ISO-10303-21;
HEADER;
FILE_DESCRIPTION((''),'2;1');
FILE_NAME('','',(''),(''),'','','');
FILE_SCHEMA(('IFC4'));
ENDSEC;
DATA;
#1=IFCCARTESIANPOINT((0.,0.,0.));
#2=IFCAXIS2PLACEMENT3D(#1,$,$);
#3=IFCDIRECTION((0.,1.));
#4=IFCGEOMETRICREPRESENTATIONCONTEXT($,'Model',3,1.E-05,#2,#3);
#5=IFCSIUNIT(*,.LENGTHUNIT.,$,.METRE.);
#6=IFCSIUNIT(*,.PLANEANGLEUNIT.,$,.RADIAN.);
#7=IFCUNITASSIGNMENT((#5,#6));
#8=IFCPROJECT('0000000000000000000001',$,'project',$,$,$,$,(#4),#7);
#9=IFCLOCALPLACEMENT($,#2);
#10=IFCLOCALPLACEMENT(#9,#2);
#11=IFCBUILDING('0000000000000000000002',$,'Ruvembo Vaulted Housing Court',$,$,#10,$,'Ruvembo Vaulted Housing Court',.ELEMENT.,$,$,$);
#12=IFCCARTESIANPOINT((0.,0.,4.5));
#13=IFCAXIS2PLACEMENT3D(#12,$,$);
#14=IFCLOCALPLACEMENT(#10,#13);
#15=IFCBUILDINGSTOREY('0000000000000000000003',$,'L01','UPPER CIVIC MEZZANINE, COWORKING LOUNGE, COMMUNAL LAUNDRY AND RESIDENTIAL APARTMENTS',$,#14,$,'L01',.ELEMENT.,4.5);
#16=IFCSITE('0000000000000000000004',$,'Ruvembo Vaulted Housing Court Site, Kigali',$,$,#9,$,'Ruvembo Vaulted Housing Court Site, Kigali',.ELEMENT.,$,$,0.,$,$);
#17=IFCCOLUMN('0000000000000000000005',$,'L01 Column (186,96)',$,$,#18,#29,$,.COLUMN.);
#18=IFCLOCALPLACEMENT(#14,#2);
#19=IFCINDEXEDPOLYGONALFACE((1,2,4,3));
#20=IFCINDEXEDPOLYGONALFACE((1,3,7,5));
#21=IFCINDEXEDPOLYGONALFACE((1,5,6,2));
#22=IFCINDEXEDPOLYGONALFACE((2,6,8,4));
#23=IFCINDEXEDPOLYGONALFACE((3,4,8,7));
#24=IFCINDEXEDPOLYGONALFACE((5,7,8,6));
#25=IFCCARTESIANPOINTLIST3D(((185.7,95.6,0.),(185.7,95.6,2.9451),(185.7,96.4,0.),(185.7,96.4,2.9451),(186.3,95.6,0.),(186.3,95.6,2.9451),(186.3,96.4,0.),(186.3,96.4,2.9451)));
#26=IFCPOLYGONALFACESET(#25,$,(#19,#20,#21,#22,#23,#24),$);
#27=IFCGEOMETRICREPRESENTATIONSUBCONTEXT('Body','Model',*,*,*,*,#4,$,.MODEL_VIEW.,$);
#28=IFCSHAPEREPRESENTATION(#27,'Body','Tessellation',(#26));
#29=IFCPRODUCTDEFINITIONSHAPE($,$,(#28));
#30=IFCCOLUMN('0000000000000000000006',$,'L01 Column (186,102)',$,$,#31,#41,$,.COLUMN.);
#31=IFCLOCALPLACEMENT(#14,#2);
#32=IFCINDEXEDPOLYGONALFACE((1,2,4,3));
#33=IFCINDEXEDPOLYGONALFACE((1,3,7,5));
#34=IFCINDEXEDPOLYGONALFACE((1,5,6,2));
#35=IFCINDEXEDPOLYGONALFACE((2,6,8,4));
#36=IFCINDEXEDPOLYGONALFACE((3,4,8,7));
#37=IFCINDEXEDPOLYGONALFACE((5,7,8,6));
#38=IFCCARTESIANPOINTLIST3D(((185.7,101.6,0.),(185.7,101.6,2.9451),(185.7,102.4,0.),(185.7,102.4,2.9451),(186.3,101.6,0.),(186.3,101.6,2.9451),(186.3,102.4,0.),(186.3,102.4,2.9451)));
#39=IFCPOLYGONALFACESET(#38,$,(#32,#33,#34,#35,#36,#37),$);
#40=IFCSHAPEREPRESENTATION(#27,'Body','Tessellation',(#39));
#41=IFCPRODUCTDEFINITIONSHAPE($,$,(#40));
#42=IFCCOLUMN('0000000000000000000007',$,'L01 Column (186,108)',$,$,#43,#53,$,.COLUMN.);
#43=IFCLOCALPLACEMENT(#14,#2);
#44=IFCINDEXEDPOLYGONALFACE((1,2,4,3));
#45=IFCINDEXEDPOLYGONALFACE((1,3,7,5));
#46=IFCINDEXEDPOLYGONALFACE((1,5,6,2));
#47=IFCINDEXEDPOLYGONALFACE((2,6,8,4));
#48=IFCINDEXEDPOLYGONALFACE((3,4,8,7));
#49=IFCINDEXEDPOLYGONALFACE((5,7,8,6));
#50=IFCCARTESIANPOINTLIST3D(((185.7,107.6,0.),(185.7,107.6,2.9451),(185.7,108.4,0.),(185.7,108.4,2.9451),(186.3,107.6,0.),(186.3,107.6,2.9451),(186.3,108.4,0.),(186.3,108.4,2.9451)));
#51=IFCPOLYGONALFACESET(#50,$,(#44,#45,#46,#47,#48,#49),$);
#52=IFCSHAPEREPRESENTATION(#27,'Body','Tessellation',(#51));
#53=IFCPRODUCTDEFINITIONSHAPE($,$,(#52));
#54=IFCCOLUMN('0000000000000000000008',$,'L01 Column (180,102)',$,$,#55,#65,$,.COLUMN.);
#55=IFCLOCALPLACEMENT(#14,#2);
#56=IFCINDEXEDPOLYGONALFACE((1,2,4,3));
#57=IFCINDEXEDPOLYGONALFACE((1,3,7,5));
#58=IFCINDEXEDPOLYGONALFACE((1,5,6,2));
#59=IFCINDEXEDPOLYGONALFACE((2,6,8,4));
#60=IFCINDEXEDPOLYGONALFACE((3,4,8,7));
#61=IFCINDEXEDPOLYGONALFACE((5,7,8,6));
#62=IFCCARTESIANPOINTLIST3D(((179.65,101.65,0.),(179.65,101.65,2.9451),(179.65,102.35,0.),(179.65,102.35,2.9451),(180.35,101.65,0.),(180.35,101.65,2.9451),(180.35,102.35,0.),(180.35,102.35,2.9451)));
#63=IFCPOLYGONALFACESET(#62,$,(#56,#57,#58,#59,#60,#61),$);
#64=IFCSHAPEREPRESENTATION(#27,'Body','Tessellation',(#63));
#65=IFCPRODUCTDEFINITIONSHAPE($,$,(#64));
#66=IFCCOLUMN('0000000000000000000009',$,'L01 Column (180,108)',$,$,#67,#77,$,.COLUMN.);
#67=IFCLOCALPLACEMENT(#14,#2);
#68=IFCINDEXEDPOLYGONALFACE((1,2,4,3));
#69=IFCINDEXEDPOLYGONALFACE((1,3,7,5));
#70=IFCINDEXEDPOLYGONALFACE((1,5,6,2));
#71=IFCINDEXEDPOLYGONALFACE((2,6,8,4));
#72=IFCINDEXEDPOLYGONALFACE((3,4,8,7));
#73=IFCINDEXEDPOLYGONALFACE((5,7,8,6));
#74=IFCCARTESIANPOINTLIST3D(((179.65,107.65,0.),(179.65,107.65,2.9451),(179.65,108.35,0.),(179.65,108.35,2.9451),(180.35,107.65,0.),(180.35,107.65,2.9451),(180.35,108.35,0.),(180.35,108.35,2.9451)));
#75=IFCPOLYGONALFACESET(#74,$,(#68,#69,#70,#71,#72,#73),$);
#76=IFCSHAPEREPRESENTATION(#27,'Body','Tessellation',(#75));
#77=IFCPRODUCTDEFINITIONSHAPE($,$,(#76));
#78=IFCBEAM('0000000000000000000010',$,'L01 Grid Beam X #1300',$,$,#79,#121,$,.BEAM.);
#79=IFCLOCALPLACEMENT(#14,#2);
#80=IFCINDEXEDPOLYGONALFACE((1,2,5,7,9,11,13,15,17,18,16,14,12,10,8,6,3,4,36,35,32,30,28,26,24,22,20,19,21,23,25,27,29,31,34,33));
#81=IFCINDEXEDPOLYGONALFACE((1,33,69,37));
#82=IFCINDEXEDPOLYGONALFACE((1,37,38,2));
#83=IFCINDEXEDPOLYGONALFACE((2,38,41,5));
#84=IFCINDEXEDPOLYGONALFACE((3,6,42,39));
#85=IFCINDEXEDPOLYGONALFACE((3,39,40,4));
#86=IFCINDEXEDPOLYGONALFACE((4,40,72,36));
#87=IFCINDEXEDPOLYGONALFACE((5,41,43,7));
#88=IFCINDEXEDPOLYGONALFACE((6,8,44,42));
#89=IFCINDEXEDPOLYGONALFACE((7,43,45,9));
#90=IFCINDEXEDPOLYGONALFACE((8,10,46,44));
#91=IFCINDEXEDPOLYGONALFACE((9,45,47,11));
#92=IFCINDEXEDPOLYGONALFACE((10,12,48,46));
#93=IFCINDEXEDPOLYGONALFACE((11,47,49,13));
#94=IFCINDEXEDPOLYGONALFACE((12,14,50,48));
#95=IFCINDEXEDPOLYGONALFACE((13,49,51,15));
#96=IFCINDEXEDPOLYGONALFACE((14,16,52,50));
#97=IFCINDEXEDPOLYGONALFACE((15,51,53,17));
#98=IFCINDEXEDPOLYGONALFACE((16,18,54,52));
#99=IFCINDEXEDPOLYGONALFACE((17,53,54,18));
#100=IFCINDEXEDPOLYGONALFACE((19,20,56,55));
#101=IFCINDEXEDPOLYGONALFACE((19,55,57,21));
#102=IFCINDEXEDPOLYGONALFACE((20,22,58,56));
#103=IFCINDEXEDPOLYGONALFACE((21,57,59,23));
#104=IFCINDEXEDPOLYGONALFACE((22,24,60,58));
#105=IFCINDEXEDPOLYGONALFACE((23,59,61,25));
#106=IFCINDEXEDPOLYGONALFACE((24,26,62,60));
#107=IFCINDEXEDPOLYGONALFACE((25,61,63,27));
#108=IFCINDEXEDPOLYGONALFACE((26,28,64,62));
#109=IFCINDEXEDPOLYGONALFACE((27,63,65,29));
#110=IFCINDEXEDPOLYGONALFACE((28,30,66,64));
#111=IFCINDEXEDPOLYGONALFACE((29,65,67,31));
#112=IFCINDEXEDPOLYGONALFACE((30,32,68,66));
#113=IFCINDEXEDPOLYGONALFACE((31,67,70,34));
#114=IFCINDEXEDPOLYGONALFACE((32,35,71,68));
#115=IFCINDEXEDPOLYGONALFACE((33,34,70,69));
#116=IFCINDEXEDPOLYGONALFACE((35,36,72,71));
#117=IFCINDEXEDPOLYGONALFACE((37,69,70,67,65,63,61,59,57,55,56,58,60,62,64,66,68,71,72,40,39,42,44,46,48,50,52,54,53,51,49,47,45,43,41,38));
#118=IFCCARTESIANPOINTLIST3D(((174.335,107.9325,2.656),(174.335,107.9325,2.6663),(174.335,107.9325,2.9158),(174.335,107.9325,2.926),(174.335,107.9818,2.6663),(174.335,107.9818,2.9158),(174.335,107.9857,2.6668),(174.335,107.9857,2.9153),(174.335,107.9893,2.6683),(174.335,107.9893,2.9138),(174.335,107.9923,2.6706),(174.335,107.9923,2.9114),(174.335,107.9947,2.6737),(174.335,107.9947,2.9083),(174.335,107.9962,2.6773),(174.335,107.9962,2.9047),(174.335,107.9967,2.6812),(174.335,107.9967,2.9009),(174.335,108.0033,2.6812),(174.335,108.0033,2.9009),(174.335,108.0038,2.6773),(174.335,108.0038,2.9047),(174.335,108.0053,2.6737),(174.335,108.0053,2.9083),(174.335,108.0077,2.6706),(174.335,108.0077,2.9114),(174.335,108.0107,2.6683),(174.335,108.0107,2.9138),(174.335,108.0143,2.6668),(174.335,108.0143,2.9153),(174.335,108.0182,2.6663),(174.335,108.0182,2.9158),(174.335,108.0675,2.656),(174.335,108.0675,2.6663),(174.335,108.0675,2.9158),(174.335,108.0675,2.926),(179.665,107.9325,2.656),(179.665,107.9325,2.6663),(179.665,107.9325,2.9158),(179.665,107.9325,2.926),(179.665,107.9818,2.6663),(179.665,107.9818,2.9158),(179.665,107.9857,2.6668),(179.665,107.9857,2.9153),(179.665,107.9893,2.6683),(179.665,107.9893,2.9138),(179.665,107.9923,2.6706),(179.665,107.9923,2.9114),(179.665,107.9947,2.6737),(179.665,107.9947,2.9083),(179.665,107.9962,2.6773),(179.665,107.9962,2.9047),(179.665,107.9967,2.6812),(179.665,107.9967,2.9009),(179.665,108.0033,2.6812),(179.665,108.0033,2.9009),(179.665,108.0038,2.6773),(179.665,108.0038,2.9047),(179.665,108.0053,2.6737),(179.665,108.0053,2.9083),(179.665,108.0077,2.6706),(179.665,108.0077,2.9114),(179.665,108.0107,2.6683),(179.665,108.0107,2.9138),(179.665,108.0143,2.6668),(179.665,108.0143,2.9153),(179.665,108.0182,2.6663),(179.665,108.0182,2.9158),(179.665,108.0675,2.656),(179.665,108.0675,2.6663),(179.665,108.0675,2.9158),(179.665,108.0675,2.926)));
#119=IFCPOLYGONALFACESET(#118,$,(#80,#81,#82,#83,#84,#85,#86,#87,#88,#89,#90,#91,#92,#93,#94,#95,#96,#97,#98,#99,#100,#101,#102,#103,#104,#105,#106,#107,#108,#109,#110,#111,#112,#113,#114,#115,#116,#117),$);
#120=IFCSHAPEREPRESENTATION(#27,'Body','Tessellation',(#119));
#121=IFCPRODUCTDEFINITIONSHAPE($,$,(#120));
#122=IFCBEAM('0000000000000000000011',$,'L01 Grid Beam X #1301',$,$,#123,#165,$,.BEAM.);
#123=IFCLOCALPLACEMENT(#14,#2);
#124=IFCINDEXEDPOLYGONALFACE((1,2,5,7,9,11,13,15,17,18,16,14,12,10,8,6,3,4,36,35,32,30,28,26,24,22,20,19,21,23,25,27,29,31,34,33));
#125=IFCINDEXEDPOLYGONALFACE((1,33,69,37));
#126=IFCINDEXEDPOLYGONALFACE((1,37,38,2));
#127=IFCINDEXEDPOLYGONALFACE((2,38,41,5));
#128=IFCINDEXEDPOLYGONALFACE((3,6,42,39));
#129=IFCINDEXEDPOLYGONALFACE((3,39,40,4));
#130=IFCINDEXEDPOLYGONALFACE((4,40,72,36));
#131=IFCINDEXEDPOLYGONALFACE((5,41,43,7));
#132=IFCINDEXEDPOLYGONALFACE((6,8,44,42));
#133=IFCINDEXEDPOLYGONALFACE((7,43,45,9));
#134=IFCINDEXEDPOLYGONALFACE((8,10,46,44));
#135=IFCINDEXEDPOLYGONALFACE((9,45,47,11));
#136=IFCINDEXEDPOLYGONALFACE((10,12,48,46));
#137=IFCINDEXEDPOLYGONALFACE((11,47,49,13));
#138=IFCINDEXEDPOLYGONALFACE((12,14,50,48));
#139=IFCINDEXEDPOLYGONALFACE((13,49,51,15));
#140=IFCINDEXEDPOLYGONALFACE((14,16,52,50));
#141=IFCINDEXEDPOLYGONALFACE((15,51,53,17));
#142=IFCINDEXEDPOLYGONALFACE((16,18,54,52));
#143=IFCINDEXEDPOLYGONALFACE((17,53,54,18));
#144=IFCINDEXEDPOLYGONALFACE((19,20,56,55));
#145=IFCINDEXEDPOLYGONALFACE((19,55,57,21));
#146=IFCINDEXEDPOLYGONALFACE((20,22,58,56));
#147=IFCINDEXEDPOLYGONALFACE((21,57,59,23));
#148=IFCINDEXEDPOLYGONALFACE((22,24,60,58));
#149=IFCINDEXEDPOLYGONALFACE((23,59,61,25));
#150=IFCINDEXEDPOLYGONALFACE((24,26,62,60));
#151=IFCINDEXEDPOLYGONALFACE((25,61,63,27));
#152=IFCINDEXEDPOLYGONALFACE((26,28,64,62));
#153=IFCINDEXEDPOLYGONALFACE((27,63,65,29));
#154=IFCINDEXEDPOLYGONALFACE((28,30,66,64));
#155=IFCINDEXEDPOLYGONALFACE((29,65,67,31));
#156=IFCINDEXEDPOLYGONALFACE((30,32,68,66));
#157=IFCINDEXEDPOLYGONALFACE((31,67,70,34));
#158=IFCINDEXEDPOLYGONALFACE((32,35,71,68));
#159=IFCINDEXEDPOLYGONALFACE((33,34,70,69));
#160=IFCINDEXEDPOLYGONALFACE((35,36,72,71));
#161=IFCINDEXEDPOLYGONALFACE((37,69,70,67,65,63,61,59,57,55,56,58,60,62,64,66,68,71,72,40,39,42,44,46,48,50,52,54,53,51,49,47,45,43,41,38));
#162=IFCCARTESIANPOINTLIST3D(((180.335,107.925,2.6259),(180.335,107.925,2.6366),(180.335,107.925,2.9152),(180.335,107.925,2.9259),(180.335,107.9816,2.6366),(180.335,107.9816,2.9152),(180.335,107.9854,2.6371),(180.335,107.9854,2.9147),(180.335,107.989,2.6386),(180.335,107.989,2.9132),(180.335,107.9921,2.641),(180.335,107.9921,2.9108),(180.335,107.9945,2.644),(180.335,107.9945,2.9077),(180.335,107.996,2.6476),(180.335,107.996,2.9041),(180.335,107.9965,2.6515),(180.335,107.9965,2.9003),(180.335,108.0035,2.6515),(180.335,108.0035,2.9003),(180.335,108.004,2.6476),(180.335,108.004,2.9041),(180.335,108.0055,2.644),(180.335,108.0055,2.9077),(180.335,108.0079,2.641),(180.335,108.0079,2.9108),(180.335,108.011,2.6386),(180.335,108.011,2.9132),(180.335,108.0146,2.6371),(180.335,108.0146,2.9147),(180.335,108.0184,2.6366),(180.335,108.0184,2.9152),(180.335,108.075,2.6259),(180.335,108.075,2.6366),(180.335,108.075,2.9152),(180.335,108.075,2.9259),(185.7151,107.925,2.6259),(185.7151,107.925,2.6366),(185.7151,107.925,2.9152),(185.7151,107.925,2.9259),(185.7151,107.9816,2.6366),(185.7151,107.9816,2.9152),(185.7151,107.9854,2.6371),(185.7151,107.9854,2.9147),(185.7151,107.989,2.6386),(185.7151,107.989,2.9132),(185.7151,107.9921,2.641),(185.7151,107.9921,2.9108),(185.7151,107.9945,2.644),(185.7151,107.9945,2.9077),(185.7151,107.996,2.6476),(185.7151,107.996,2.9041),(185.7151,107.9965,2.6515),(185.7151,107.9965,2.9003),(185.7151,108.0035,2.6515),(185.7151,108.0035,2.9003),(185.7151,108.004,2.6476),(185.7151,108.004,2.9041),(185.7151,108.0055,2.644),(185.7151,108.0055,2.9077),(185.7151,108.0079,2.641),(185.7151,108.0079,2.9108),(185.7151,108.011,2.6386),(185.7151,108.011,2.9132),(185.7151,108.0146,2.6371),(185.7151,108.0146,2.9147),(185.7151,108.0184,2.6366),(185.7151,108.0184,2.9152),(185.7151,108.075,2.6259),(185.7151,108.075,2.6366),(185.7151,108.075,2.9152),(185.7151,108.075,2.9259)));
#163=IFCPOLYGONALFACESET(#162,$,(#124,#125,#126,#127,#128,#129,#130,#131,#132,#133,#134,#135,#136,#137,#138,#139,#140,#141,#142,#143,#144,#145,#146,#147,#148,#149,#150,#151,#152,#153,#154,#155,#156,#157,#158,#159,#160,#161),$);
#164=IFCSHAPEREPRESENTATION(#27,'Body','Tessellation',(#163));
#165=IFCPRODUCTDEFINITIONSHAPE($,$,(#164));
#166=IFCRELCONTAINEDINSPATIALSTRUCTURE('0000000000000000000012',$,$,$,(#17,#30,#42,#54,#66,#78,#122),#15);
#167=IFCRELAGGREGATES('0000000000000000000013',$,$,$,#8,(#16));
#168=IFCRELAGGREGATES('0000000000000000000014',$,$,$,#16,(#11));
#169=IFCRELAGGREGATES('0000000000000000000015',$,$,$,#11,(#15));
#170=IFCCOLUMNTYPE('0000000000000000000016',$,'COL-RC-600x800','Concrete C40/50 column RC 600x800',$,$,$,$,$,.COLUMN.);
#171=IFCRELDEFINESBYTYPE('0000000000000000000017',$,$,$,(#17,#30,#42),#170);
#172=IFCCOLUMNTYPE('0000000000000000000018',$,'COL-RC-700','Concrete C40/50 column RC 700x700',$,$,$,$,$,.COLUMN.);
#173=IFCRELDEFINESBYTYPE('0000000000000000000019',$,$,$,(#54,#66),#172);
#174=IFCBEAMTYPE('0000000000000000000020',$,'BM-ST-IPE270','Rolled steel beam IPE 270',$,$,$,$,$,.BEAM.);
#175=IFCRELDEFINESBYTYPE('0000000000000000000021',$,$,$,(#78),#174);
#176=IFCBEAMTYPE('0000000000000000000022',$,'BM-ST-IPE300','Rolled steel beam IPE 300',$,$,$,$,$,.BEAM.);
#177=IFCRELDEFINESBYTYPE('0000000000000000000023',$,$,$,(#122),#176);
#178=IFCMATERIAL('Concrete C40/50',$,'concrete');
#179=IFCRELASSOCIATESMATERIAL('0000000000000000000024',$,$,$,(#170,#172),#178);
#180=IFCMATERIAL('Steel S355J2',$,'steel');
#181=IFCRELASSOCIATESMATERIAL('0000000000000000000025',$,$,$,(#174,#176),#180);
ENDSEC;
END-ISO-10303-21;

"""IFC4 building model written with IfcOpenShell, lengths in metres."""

from ifc_helpers import new_model, si_unit, direction, frame, origin, origin_2d, place, context, subcontext, project, spatial, rectangle, i_section, extrude, material, material_profile, profile_set, type_object, element, save


model = new_model("IFC4")

# Units and contexts
model_context = context("Model", 3, precision=1e-05, world=origin(), true_north=direction((0.0, 1.0)))
body_context = subcontext(model_context, "Body", "Model", "MODEL_VIEW")
ifc_project = project(units=[si_unit("LENGTHUNIT", "METRE"), si_unit("PLANEANGLEUNIT", "RADIAN")], contexts=[model_context])

# Site, building, storey
site_placement = place(None, origin())
site = spatial("IfcSite", under=ifc_project, at=site_placement, Name="Ruvembo Vaulted Housing Court Site, Kigali", LongName="Ruvembo Vaulted Housing Court Site, Kigali", CompositionType="ELEMENT", RefElevation=0.0)
building_placement = place(site_placement, origin())
building = spatial("IfcBuilding", under=site, at=building_placement, Name="Ruvembo Vaulted Housing Court", LongName="Ruvembo Vaulted Housing Court", CompositionType="ELEMENT")
storey_placement = place(building_placement, frame((0.0, 0.0, 4.5)))
storey = spatial("IfcBuildingStorey", under=building, at=storey_placement, Name="L01", Description="UPPER CIVIC MEZZANINE, COWORKING LOUNGE, COMMUNAL LAUNDRY AND RESIDENTIAL APARTMENTS", LongName="L01", CompositionType="ELEMENT", Elevation=4.5)

# Columns
ifc_material_1 = material(Name="Concrete C40/50", Category="concrete")
ifc_material_profile_1 = material_profile(ifc_material_1, rectangle(XDim=0.6001, YDim=0.8, at=origin_2d()), Name="RC 600x800")
ifc_profile_set_1 = profile_set([ifc_material_profile_1], Name="Concrete C40/50")
column_type_1 = type_object("IfcColumnType", Name="COL-RC-600x800", Description="Concrete C40/50 column RC 600x800", PredefinedType="COLUMN", material=ifc_profile_set_1)
for number, where, z_axis, x_axis, name in (
    (1, (186.0, 96.0, 0.0), (0.0, 0.0, 1.0), (1.0, 0.0, 0.0), "L01 Column (186,96)"),
    (2, (186.0, 102.0, 0.0), (0.0, 0.0, 1.0), (1.0, 0.0, 0.0), "L01 Column (186,102)"),
    (3, (186.0, 108.0, 0.0), (0.0, 0.0, 1.0), (1.0, 0.0, 0.0), "L01 Column (186,108)"),
):
    element("IfcColumn", number, at=place(storey_placement, frame(where, z_axis=z_axis, x_axis=x_axis)), inside=storey, type_object=column_type_1, Name=name, PredefinedType="COLUMN", context=body_context, shape_type="SweptSolid", body=[
        extrude(rectangle(XDim=0.6001, YDim=0.8, at=origin_2d()), origin(), (0.0, 0.0, 1.0), 2.9451),
    ])
ifc_material_profile_2 = material_profile(ifc_material_1, rectangle(XDim=0.7, YDim=0.7, at=origin_2d()), Name="RC 700x700")
ifc_profile_set_2 = profile_set([ifc_material_profile_2], Name="Concrete C40/50")
column_type_2 = type_object("IfcColumnType", Name="COL-RC-700", Description="Concrete C40/50 column RC 700x700", PredefinedType="COLUMN", material=ifc_profile_set_2)
for number, where, z_axis, x_axis, name in (
    (4, (180.0, 102.0, 0.0), (0.0, 0.0, 1.0), (1.0, 0.0, 0.0), "L01 Column (180,102)"),
    (5, (180.0, 108.0, 0.0), (0.0, 0.0, 1.0), (1.0, 0.0, 0.0), "L01 Column (180,108)"),
):
    element("IfcColumn", number, at=place(storey_placement, frame(where, z_axis=z_axis, x_axis=x_axis)), inside=storey, type_object=column_type_2, Name=name, PredefinedType="COLUMN", context=body_context, shape_type="SweptSolid", body=[
        extrude(rectangle(XDim=0.7, YDim=0.7, at=origin_2d()), origin(), (0.0, 0.0, 1.0), 2.9451),
    ])

# Beams
ifc_material_2 = material(Name="Steel S355J2", Category="steel")
ifc_material_profile_3 = material_profile(ifc_material_2, i_section(OverallWidth=0.135, OverallDepth=0.27, WebThickness=0.0066, FlangeThickness=0.0103, FilletRadius=0.0149, at=origin_2d()), Name="IPE 270")
ifc_profile_set_3 = profile_set([ifc_material_profile_3], Name="Steel S355J2")
beam_type_1 = type_object("IfcBeamType", Name="BM-ST-IPE270", Description="Rolled steel beam IPE 270", PredefinedType="BEAM", material=ifc_profile_set_3)
beam_1_placement = place(storey_placement, frame((174.335, 108.0, 2.791), z_axis=(1.0, 0.0, 0.0), x_axis=(0.0, 1.0, 0.0)))
element("IfcBeam", 6, at=beam_1_placement, inside=storey, type_object=beam_type_1, Name="L01 Grid Beam X #1300", PredefinedType="BEAM", context=body_context, shape_type="SweptSolid", body=[
    extrude(i_section(OverallWidth=0.135, OverallDepth=0.27, WebThickness=0.0066, FlangeThickness=0.0103, FilletRadius=0.0149, at=origin_2d()), origin(), (0.0, 0.0, 1.0), 5.3301),
])
ifc_material_profile_4 = material_profile(ifc_material_2, i_section(OverallWidth=0.1499, OverallDepth=0.3, WebThickness=0.0071, FlangeThickness=0.0107, FilletRadius=0.0149, at=origin_2d()), Name="IPE 300")
ifc_profile_set_4 = profile_set([ifc_material_profile_4], Name="Steel S355J2")
beam_type_2 = type_object("IfcBeamType", Name="BM-ST-IPE300", Description="Rolled steel beam IPE 300", PredefinedType="BEAM", material=ifc_profile_set_4)
beam_2_placement = place(storey_placement, frame((180.335, 108.0, 2.7759), z_axis=(1.0, 0.0, 0.0), x_axis=(0.0, 1.0, 0.0)))
element("IfcBeam", 7, at=beam_2_placement, inside=storey, type_object=beam_type_2, Name="L01 Grid Beam X #1301", PredefinedType="BEAM", context=body_context, shape_type="SweptSolid", body=[
    extrude(i_section(OverallWidth=0.1499, OverallDepth=0.3, WebThickness=0.0071, FlangeThickness=0.0107, FilletRadius=0.0149, at=origin_2d()), origin(), (0.0, 0.0, 1.0), 5.3801),
])

save(model, "model.ifc")
